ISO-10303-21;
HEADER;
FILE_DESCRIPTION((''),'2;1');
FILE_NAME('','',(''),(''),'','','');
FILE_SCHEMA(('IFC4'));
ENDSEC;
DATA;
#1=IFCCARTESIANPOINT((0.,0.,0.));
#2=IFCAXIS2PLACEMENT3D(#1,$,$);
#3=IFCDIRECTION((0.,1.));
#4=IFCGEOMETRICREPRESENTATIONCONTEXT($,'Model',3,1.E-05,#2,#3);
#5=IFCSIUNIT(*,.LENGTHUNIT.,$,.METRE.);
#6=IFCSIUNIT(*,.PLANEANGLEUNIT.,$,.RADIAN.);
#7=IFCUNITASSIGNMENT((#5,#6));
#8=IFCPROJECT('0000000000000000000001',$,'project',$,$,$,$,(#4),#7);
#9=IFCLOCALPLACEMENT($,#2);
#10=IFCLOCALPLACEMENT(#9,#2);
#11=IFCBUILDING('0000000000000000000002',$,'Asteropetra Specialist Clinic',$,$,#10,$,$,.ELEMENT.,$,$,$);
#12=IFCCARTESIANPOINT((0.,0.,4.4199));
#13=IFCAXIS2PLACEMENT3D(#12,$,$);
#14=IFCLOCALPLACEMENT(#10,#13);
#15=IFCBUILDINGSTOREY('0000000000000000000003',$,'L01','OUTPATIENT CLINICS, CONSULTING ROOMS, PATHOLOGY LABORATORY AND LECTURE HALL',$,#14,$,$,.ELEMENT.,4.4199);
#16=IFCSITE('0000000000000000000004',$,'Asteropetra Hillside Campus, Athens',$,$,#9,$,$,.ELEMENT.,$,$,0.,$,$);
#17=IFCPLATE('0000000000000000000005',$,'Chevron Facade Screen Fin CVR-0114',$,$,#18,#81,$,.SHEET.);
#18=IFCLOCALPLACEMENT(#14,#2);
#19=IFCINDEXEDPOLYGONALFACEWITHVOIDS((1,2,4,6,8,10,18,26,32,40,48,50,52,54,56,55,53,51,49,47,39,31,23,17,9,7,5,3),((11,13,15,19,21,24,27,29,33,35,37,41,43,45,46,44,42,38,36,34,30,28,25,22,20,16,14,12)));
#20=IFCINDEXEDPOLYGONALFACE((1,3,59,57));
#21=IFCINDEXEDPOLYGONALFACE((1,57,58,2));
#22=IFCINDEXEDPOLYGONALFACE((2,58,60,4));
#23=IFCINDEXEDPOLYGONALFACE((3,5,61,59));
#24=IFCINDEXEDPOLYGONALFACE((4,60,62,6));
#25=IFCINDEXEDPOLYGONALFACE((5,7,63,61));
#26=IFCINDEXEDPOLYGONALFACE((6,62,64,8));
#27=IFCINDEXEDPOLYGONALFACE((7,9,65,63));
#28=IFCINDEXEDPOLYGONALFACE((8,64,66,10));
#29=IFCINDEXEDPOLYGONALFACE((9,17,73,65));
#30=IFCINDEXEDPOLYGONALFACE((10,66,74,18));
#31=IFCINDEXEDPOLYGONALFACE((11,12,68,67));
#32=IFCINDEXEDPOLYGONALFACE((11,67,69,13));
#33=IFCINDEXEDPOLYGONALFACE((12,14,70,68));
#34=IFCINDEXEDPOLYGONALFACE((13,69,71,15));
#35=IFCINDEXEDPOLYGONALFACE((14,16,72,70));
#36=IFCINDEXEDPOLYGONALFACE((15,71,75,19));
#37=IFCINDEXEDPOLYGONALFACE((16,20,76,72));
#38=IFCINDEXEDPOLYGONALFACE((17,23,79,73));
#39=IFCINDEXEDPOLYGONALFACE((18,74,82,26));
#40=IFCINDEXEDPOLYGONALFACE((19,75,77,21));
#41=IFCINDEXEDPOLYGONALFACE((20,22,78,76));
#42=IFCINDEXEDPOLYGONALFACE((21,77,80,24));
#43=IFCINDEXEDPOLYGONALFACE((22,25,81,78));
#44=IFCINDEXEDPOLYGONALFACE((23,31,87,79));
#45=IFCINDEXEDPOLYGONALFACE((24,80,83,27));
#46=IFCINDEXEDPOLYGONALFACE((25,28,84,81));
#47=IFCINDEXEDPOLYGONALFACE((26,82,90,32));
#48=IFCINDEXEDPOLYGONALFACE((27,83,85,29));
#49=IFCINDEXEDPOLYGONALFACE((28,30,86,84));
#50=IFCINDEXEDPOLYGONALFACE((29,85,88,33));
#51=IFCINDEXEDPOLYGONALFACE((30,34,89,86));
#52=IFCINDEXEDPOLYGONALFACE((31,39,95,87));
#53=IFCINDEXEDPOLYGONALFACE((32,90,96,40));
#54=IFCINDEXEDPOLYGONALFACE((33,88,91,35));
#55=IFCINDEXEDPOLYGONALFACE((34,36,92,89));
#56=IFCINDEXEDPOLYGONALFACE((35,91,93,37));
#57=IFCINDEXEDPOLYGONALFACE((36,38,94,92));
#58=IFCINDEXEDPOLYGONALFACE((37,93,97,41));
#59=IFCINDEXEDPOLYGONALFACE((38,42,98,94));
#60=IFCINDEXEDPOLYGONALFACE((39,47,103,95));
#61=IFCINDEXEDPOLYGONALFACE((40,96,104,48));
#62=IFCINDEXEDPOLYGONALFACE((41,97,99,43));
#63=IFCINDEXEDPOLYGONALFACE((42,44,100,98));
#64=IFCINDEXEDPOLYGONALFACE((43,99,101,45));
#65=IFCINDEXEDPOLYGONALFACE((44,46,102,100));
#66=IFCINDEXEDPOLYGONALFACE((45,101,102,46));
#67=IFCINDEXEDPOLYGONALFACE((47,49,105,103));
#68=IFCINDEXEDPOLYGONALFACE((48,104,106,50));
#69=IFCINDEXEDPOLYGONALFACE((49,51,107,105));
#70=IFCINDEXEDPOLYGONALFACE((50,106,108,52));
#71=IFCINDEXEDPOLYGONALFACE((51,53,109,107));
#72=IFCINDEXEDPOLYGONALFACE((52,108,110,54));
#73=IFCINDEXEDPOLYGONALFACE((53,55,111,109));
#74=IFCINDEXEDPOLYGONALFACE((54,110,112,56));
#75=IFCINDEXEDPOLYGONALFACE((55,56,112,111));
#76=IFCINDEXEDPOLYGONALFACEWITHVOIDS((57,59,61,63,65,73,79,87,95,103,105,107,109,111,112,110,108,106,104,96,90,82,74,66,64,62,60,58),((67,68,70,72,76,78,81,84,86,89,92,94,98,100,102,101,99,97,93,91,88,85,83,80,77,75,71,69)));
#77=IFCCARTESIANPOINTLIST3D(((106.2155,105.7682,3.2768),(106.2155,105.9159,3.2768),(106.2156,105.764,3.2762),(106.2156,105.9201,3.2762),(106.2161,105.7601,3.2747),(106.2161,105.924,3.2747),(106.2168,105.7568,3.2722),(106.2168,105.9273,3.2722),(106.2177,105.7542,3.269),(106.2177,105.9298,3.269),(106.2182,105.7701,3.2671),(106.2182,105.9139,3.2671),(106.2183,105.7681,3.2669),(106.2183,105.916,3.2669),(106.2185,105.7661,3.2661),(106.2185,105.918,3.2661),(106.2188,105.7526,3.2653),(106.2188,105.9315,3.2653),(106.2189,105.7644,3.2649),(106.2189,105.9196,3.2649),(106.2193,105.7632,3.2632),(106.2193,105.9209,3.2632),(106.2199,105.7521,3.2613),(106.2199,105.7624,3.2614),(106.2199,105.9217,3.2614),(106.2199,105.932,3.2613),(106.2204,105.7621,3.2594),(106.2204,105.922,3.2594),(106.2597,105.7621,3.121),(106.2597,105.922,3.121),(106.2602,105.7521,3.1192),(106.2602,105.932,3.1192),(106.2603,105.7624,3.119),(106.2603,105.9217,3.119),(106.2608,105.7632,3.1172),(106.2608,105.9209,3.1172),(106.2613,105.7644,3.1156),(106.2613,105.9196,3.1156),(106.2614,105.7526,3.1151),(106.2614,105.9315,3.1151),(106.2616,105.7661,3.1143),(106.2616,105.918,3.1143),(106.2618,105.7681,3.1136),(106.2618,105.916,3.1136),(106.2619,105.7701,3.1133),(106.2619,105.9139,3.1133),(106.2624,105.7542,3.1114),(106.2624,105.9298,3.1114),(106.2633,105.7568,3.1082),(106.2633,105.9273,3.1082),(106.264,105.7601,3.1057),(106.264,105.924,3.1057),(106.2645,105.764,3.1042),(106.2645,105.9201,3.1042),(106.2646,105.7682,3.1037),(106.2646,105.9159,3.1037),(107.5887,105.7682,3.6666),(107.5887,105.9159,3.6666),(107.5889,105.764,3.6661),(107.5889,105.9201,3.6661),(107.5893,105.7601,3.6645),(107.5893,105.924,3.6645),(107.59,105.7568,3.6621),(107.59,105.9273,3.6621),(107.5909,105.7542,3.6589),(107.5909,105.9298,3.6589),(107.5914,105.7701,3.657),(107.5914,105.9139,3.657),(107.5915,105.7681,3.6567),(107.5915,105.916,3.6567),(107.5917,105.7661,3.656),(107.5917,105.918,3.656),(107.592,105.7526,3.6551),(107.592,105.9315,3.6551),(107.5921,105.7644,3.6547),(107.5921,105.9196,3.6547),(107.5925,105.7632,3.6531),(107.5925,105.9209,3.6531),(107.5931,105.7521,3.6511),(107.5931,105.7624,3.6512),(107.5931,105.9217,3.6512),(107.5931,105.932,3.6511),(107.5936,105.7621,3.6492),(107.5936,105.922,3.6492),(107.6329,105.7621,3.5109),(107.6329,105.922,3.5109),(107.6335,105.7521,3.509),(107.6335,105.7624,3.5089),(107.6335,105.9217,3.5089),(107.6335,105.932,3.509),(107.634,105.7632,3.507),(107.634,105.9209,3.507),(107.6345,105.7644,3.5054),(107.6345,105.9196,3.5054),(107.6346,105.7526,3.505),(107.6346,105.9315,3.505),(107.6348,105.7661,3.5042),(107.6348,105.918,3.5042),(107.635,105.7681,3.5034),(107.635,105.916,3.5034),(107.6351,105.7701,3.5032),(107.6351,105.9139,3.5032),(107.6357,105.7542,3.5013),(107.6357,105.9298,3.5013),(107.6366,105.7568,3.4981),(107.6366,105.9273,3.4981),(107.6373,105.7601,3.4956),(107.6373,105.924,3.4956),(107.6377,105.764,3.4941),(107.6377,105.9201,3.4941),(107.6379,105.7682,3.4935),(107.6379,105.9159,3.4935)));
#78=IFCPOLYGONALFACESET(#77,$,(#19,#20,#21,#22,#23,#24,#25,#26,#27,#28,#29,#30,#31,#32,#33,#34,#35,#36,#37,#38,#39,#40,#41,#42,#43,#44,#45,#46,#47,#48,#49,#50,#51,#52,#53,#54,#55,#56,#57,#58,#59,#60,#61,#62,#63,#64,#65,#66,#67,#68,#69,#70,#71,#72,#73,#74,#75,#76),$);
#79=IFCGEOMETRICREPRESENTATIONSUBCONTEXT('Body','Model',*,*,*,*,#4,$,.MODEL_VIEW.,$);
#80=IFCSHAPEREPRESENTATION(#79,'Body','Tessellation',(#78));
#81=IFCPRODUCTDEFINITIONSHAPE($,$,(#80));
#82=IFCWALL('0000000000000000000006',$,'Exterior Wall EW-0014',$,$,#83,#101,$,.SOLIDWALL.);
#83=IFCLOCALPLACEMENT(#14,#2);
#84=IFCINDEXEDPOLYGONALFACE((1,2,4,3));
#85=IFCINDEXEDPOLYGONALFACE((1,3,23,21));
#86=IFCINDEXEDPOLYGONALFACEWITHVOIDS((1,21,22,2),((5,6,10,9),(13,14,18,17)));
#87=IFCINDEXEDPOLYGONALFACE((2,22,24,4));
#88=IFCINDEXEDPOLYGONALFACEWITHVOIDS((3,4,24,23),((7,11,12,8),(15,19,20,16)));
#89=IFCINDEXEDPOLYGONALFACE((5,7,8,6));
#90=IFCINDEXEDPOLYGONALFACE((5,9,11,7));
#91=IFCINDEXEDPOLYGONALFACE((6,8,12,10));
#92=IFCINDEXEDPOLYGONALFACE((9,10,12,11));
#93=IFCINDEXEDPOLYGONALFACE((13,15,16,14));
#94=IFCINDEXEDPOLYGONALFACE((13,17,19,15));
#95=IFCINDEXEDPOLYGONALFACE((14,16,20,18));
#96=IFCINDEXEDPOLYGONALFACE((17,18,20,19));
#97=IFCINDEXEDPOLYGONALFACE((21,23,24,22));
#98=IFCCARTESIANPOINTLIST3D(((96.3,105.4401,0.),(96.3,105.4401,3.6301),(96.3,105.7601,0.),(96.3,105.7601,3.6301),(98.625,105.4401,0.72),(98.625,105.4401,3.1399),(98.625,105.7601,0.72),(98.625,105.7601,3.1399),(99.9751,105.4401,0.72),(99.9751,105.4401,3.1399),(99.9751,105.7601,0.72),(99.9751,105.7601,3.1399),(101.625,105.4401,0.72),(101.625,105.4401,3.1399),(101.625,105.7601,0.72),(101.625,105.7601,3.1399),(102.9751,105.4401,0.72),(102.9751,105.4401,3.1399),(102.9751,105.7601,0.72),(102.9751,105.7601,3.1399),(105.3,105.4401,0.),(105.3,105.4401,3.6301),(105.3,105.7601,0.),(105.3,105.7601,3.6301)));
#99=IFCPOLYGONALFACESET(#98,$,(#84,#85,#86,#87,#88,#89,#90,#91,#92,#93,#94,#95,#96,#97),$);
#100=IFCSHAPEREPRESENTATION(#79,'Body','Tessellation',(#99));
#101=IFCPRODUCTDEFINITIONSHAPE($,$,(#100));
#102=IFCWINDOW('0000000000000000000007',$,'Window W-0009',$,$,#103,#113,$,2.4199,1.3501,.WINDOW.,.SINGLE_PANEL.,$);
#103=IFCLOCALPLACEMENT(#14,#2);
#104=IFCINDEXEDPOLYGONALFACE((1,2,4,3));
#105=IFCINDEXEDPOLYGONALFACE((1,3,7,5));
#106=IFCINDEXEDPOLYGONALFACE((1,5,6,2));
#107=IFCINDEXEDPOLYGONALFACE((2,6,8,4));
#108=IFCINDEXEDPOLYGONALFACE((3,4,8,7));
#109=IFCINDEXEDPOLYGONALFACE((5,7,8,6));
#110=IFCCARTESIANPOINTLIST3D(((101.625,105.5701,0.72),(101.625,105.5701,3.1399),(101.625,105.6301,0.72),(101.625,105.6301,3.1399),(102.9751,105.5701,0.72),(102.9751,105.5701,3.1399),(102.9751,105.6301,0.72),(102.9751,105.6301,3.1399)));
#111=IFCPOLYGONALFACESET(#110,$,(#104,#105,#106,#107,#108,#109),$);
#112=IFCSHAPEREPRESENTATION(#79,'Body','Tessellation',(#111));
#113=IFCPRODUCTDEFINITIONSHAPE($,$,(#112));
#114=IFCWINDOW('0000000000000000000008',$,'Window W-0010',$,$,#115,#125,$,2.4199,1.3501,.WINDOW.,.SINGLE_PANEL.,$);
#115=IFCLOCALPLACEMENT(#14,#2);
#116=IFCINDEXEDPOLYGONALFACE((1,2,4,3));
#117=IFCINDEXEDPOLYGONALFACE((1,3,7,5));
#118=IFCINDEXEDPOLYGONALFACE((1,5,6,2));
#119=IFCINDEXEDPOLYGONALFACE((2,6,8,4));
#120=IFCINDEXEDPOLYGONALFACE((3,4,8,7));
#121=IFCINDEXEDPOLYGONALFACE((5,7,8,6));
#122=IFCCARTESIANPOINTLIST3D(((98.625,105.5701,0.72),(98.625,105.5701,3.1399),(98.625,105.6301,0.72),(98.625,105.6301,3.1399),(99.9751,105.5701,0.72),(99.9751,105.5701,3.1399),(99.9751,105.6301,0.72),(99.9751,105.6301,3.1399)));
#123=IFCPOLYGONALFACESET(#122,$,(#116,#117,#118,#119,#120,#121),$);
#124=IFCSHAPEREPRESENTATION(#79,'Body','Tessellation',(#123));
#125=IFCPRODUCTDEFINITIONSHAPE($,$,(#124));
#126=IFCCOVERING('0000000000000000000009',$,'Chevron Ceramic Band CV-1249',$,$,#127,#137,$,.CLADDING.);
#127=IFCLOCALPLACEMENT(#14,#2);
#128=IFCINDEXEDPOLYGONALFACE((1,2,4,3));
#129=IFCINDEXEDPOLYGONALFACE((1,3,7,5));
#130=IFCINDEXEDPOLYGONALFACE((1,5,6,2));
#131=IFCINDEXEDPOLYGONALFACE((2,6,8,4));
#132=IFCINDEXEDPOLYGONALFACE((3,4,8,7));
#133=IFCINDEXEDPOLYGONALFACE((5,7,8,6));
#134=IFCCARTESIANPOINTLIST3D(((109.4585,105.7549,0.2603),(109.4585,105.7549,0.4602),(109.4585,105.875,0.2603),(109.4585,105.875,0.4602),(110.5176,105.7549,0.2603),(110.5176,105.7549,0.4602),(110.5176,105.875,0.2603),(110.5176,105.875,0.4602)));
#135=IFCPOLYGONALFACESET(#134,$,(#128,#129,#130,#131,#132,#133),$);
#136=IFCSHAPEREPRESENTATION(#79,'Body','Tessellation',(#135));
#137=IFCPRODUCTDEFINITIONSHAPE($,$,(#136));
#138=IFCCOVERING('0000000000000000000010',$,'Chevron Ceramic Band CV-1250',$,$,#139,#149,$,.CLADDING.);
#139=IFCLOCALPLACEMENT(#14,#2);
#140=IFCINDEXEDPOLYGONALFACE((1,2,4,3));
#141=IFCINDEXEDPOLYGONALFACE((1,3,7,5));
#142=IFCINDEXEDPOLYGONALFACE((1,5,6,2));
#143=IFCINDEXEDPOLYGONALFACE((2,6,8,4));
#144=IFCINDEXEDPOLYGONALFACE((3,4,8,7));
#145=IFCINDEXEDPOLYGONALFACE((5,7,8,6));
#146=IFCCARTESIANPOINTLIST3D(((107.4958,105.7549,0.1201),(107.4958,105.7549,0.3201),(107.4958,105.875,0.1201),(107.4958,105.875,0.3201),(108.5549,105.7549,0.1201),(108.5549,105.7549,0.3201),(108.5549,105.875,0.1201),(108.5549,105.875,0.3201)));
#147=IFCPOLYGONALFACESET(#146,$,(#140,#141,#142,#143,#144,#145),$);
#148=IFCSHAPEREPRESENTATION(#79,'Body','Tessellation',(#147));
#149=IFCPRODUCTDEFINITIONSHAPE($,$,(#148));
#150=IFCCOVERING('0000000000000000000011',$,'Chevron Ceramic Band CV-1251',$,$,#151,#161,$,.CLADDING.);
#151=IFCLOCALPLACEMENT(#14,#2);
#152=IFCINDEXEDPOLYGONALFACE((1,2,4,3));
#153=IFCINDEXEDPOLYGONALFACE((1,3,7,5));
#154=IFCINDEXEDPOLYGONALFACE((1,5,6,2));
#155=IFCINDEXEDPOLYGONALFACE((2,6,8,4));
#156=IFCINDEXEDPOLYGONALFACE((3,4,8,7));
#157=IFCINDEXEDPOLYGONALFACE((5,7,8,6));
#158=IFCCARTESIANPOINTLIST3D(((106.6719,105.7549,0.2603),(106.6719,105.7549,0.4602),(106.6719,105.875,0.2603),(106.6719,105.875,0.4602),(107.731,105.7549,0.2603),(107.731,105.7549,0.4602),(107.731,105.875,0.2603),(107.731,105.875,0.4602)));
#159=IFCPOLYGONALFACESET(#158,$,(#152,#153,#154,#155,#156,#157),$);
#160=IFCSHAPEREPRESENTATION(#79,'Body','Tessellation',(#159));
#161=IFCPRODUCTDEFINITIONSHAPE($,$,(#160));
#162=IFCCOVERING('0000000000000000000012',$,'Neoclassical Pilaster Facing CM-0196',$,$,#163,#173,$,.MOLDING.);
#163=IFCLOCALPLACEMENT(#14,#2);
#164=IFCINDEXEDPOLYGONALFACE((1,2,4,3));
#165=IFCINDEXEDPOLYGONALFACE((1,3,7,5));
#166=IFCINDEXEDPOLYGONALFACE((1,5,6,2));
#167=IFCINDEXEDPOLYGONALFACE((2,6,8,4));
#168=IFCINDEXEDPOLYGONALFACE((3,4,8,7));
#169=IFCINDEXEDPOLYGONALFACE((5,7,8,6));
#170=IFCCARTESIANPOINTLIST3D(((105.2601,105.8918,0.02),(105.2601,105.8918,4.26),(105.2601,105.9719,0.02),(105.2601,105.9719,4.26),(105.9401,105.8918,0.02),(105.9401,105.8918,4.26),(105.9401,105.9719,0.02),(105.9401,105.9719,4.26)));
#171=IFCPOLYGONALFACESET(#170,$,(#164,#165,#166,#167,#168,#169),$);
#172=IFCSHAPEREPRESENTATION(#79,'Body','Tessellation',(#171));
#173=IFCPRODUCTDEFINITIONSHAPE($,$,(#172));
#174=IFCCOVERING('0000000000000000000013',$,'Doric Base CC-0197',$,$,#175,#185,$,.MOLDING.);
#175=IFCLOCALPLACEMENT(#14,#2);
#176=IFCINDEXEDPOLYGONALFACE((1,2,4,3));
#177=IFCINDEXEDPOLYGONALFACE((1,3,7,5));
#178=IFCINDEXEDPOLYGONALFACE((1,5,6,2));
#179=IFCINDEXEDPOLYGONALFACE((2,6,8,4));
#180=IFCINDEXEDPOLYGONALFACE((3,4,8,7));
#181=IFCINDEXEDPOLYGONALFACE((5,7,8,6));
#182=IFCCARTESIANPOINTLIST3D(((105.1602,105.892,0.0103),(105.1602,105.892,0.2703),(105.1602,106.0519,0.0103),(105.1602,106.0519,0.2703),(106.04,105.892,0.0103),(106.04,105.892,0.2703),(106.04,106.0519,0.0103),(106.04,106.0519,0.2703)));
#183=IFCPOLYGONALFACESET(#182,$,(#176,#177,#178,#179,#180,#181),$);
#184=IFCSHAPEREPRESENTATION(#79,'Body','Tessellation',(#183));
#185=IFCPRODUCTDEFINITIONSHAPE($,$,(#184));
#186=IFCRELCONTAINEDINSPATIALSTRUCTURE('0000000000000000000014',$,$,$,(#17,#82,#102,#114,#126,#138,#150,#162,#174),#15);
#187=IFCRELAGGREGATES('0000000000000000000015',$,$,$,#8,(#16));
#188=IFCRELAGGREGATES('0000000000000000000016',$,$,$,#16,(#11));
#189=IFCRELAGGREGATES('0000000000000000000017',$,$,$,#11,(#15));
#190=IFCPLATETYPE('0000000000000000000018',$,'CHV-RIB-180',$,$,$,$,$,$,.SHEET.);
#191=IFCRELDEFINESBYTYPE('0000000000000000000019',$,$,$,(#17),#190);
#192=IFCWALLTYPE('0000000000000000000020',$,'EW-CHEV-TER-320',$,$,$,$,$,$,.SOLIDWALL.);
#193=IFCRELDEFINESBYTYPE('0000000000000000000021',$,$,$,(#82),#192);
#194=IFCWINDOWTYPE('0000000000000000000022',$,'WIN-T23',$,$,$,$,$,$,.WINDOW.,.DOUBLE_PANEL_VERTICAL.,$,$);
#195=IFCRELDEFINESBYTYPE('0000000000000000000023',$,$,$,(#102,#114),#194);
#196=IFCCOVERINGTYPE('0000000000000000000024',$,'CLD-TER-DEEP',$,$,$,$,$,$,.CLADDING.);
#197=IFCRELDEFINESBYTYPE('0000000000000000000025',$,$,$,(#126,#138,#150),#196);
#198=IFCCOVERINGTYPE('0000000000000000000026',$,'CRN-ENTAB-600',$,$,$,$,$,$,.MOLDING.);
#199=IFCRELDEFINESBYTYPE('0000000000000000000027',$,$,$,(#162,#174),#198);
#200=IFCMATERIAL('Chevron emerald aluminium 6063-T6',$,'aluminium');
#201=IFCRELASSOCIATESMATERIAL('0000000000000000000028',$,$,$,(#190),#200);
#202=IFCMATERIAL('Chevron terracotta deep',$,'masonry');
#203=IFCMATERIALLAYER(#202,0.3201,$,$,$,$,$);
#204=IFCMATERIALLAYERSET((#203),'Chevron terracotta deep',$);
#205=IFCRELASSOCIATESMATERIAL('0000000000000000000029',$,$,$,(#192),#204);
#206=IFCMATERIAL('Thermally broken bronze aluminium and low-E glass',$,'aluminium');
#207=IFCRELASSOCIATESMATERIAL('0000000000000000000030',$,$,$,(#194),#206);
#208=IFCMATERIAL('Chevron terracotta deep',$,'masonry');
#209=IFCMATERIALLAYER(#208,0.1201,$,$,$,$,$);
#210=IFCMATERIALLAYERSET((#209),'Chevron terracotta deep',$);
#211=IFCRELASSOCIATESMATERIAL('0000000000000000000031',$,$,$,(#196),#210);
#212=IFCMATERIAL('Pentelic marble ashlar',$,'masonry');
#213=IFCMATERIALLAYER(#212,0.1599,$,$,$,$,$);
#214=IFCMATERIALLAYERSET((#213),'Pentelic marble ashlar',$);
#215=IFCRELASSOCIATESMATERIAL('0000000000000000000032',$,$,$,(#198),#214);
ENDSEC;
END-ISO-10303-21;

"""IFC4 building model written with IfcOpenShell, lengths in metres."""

from ifc_helpers import new_model, si_unit, direction, frame, frame_2d, origin, origin_2d, place, context, subcontext, project, spatial, rectangle, hollow_rectangle, extrude, material, layer, layer_set, material_profile, profile_set, type_object, element, fill, save


model = new_model("IFC4")

# Units and contexts
model_context = context("Model", 3, precision=1e-05, world=origin(), true_north=direction((0.0, 1.0)))
body_context = subcontext(model_context, "Body", "Model", "MODEL_VIEW")
ifc_project = project(units=[si_unit("LENGTHUNIT", "METRE"), si_unit("PLANEANGLEUNIT", "RADIAN")], contexts=[model_context])

# Site, building, storey
site_placement = place(None, origin())
site = spatial("IfcSite", under=ifc_project, at=site_placement, Name="Asteropetra Hillside Campus, Athens", CompositionType="ELEMENT", RefElevation=0.0)
building_placement = place(site_placement, origin())
building = spatial("IfcBuilding", under=site, at=building_placement, Name="Asteropetra Specialist Clinic", CompositionType="ELEMENT")
storey_placement = place(building_placement, frame((0.0, 0.0, 4.4199)))
storey = spatial("IfcBuildingStorey", under=building, at=storey_placement, Name="L01", Description="OUTPATIENT CLINICS, CONSULTING ROOMS, PATHOLOGY LABORATORY AND LECTURE HALL", CompositionType="ELEMENT", Elevation=4.4199)

# Plate
ifc_material_1 = material(Name="Chevron emerald aluminium 6063-T6", Category="aluminium")
ifc_material_profile_1 = material_profile(ifc_material_1, hollow_rectangle(XDim=0.1799, YDim=0.1799, WallThickness=0.01, InnerFilletRadius=0.0081, OuterFilletRadius=0.0161, at=origin_2d()), Name="SHS 180x180x10.0")
ifc_profile_set_1 = profile_set([ifc_material_profile_1], Name="Chevron emerald aluminium 6063-T6")
plate_type = type_object("IfcPlateType", Name="CHV-RIB-180", PredefinedType="SHEET", material=ifc_profile_set_1)
plate_1_placement = place(storey_placement, frame((107.6133, 105.842, 3.5801), z_axis=(-0.961981, 0.0, -0.273117), x_axis=(0.0, -1.0, 0.0)))
element("IfcPlate", 1, at=plate_1_placement, inside=storey, type_object=plate_type, Name="Chevron Facade Screen Fin CVR-0114", PredefinedType="SHEET", context=body_context, shape_type="SweptSolid", body=[
    extrude(hollow_rectangle(XDim=0.1799, YDim=0.1799, WallThickness=0.01, InnerFilletRadius=0.0081, OuterFilletRadius=0.0161, at=origin_2d()), origin(), (0.0, 0.0, 1.0), 1.4275),
])

# Wall, openings, windows
ifc_material_2 = material(Name="Chevron terracotta deep", Category="masonry")
ifc_layer_1 = layer(ifc_material_2, 0.3201)
ifc_layer_set_1 = layer_set([ifc_layer_1], Name="Chevron terracotta deep")
wall_type = type_object("IfcWallType", Name="EW-CHEV-TER-320", PredefinedType="SOLIDWALL", material=ifc_layer_set_1)
wall_placement = place(storey_placement, frame((105.3, 105.6001, 0.0), z_axis=(0.0, 0.0, 1.0), x_axis=(-1.0, 0.0, 0.0)))
wall = element("IfcWall", 2, at=wall_placement, inside=storey, type_object=wall_type, Name="Exterior Wall EW-0014", PredefinedType="SOLIDWALL", context=body_context, shape_type="SweptSolid", body=[
    extrude(rectangle(XDim=9.0, YDim=0.3201, at=frame_2d((4.5, 0.0))), origin(), (0.0, 0.0, 1.0), 3.6301),
])
opening_1_placement = place(wall_placement, frame((2.325, 0.0, 0.72)))
opening_1 = element("IfcOpeningElement", 3, at=opening_1_placement, cuts=wall, PredefinedType="OPENING", context=body_context, shape_type="SweptSolid", body=[
    extrude(rectangle(XDim=1.3501, YDim=2.4199, at=frame_2d((0.675, 1.21))), frame((0.0, 0.1699, 0.0), z_axis=(0.0, -1.0, 0.0), x_axis=(1.0, 0.0, 0.0)), (0.0, 0.0, 1.0), 0.3401),
])
opening_2_placement = place(wall_placement, frame((5.325, 0.0, 0.72)))
opening_2 = element("IfcOpeningElement", 4, at=opening_2_placement, cuts=wall, PredefinedType="OPENING", context=body_context, shape_type="SweptSolid", body=[
    extrude(rectangle(XDim=1.3501, YDim=2.4199, at=frame_2d((0.675, 1.21))), frame((0.0, 0.1699, 0.0), z_axis=(0.0, -1.0, 0.0), x_axis=(1.0, 0.0, 0.0)), (0.0, 0.0, 1.0), 0.3401),
])
ifc_material_3 = material(Name="Thermally broken bronze aluminium and low-E glass", Category="aluminium")
window_type = type_object("IfcWindowType", Name="WIN-T23", PartitioningType="DOUBLE_PANEL_VERTICAL", PredefinedType="WINDOW", material=ifc_material_3)
window_1_placement = place(opening_1_placement, origin())
window_1 = element("IfcWindow", 5, at=window_1_placement, inside=storey, type_object=window_type, Name="Window W-0009", OverallHeight=2.4199, OverallWidth=1.3501, PartitioningType="SINGLE_PANEL", PredefinedType="WINDOW", context=body_context, shape_type="SweptSolid", body=[
    extrude(rectangle(XDim=1.3501, YDim=2.4199, at=frame_2d((0.675, 1.21))), frame((0.0, 0.03, 0.0), z_axis=(0.0, -1.0, 0.0), x_axis=(1.0, 0.0, 0.0)), (0.0, 0.0, 1.0), 0.0601),
])
fill(opening_1, window_1)
window_2_placement = place(opening_2_placement, origin())
window_2 = element("IfcWindow", 6, at=window_2_placement, inside=storey, type_object=window_type, Name="Window W-0010", OverallHeight=2.4199, OverallWidth=1.3501, PartitioningType="SINGLE_PANEL", PredefinedType="WINDOW", context=body_context, shape_type="SweptSolid", body=[
    extrude(rectangle(XDim=1.3501, YDim=2.4199, at=frame_2d((0.675, 1.21))), frame((0.0, 0.03, 0.0), z_axis=(0.0, -1.0, 0.0), x_axis=(1.0, 0.0, 0.0)), (0.0, 0.0, 1.0), 0.0601),
])
fill(opening_2, window_2)

# Coverings
ifc_material_4 = material(Name="Chevron terracotta deep", Category="masonry")
ifc_layer_2 = layer(ifc_material_4, 0.1201)
ifc_layer_set_2 = layer_set([ifc_layer_2], Name="Chevron terracotta deep")
covering_type_1 = type_object("IfcCoveringType", Name="CLD-TER-DEEP", PredefinedType="CLADDING", material=ifc_layer_set_2)
for number, where, z_axis, x_axis, name in (
    (7, (109.988, 105.8149, 0.2603), (0.0, 0.0, 1.0), (1.0, 0.0, 0.0), "Chevron Ceramic Band CV-1249"),
    (8, (108.0254, 105.8149, 0.1201), (0.0, 0.0, 1.0), (1.0, 0.0, 0.0), "Chevron Ceramic Band CV-1250"),
    (9, (107.2014, 105.8149, 0.2603), (0.0, 0.0, 1.0), (1.0, 0.0, 0.0), "Chevron Ceramic Band CV-1251"),
):
    element("IfcCovering", number, at=place(storey_placement, frame(where, z_axis=z_axis, x_axis=x_axis)), inside=storey, type_object=covering_type_1, Name=name, PredefinedType="CLADDING", context=body_context, shape_type="SweptSolid", body=[
        extrude(rectangle(XDim=1.0591, YDim=0.1201, at=origin_2d()), origin(), (0.0, 0.0, 1.0), 0.2),
    ])
ifc_material_5 = material(Name="Pentelic marble ashlar", Category="masonry")
ifc_layer_3 = layer(ifc_material_5, 0.1599)
ifc_layer_set_3 = layer_set([ifc_layer_3], Name="Pentelic marble ashlar")
covering_type_2 = type_object("IfcCoveringType", Name="CRN-ENTAB-600", PredefinedType="MOLDING", material=ifc_layer_set_3)
covering_1_placement = place(storey_placement, frame((105.6001, 105.9319, 0.02), z_axis=(0.0, 0.0, 1.0), x_axis=(1.0, 0.0, 0.0)))
element("IfcCovering", 10, at=covering_1_placement, inside=storey, type_object=covering_type_2, Name="Neoclassical Pilaster Facing CM-0196", PredefinedType="MOLDING", context=body_context, shape_type="SweptSolid", body=[
    extrude(rectangle(XDim=0.6799, YDim=0.0801, at=origin_2d()), origin(), (0.0, 0.0, 1.0), 4.24),
])
for number, where, z_axis, x_axis, name in (
    (11, (105.6001, 105.9719, 0.0103), (0.0, 0.0, 1.0), (1.0, 0.0, 0.0), "Doric Base CC-0197"),
):
    element("IfcCovering", number, at=place(storey_placement, frame(where, z_axis=z_axis, x_axis=x_axis)), inside=storey, type_object=covering_type_2, Name=name, PredefinedType="MOLDING", context=body_context, shape_type="SweptSolid", body=[
        extrude(rectangle(XDim=0.8799, YDim=0.1599, at=origin_2d()), origin(), (0.0, 0.0, 1.0), 0.26),
    ])

save(model, "model.ifc")
